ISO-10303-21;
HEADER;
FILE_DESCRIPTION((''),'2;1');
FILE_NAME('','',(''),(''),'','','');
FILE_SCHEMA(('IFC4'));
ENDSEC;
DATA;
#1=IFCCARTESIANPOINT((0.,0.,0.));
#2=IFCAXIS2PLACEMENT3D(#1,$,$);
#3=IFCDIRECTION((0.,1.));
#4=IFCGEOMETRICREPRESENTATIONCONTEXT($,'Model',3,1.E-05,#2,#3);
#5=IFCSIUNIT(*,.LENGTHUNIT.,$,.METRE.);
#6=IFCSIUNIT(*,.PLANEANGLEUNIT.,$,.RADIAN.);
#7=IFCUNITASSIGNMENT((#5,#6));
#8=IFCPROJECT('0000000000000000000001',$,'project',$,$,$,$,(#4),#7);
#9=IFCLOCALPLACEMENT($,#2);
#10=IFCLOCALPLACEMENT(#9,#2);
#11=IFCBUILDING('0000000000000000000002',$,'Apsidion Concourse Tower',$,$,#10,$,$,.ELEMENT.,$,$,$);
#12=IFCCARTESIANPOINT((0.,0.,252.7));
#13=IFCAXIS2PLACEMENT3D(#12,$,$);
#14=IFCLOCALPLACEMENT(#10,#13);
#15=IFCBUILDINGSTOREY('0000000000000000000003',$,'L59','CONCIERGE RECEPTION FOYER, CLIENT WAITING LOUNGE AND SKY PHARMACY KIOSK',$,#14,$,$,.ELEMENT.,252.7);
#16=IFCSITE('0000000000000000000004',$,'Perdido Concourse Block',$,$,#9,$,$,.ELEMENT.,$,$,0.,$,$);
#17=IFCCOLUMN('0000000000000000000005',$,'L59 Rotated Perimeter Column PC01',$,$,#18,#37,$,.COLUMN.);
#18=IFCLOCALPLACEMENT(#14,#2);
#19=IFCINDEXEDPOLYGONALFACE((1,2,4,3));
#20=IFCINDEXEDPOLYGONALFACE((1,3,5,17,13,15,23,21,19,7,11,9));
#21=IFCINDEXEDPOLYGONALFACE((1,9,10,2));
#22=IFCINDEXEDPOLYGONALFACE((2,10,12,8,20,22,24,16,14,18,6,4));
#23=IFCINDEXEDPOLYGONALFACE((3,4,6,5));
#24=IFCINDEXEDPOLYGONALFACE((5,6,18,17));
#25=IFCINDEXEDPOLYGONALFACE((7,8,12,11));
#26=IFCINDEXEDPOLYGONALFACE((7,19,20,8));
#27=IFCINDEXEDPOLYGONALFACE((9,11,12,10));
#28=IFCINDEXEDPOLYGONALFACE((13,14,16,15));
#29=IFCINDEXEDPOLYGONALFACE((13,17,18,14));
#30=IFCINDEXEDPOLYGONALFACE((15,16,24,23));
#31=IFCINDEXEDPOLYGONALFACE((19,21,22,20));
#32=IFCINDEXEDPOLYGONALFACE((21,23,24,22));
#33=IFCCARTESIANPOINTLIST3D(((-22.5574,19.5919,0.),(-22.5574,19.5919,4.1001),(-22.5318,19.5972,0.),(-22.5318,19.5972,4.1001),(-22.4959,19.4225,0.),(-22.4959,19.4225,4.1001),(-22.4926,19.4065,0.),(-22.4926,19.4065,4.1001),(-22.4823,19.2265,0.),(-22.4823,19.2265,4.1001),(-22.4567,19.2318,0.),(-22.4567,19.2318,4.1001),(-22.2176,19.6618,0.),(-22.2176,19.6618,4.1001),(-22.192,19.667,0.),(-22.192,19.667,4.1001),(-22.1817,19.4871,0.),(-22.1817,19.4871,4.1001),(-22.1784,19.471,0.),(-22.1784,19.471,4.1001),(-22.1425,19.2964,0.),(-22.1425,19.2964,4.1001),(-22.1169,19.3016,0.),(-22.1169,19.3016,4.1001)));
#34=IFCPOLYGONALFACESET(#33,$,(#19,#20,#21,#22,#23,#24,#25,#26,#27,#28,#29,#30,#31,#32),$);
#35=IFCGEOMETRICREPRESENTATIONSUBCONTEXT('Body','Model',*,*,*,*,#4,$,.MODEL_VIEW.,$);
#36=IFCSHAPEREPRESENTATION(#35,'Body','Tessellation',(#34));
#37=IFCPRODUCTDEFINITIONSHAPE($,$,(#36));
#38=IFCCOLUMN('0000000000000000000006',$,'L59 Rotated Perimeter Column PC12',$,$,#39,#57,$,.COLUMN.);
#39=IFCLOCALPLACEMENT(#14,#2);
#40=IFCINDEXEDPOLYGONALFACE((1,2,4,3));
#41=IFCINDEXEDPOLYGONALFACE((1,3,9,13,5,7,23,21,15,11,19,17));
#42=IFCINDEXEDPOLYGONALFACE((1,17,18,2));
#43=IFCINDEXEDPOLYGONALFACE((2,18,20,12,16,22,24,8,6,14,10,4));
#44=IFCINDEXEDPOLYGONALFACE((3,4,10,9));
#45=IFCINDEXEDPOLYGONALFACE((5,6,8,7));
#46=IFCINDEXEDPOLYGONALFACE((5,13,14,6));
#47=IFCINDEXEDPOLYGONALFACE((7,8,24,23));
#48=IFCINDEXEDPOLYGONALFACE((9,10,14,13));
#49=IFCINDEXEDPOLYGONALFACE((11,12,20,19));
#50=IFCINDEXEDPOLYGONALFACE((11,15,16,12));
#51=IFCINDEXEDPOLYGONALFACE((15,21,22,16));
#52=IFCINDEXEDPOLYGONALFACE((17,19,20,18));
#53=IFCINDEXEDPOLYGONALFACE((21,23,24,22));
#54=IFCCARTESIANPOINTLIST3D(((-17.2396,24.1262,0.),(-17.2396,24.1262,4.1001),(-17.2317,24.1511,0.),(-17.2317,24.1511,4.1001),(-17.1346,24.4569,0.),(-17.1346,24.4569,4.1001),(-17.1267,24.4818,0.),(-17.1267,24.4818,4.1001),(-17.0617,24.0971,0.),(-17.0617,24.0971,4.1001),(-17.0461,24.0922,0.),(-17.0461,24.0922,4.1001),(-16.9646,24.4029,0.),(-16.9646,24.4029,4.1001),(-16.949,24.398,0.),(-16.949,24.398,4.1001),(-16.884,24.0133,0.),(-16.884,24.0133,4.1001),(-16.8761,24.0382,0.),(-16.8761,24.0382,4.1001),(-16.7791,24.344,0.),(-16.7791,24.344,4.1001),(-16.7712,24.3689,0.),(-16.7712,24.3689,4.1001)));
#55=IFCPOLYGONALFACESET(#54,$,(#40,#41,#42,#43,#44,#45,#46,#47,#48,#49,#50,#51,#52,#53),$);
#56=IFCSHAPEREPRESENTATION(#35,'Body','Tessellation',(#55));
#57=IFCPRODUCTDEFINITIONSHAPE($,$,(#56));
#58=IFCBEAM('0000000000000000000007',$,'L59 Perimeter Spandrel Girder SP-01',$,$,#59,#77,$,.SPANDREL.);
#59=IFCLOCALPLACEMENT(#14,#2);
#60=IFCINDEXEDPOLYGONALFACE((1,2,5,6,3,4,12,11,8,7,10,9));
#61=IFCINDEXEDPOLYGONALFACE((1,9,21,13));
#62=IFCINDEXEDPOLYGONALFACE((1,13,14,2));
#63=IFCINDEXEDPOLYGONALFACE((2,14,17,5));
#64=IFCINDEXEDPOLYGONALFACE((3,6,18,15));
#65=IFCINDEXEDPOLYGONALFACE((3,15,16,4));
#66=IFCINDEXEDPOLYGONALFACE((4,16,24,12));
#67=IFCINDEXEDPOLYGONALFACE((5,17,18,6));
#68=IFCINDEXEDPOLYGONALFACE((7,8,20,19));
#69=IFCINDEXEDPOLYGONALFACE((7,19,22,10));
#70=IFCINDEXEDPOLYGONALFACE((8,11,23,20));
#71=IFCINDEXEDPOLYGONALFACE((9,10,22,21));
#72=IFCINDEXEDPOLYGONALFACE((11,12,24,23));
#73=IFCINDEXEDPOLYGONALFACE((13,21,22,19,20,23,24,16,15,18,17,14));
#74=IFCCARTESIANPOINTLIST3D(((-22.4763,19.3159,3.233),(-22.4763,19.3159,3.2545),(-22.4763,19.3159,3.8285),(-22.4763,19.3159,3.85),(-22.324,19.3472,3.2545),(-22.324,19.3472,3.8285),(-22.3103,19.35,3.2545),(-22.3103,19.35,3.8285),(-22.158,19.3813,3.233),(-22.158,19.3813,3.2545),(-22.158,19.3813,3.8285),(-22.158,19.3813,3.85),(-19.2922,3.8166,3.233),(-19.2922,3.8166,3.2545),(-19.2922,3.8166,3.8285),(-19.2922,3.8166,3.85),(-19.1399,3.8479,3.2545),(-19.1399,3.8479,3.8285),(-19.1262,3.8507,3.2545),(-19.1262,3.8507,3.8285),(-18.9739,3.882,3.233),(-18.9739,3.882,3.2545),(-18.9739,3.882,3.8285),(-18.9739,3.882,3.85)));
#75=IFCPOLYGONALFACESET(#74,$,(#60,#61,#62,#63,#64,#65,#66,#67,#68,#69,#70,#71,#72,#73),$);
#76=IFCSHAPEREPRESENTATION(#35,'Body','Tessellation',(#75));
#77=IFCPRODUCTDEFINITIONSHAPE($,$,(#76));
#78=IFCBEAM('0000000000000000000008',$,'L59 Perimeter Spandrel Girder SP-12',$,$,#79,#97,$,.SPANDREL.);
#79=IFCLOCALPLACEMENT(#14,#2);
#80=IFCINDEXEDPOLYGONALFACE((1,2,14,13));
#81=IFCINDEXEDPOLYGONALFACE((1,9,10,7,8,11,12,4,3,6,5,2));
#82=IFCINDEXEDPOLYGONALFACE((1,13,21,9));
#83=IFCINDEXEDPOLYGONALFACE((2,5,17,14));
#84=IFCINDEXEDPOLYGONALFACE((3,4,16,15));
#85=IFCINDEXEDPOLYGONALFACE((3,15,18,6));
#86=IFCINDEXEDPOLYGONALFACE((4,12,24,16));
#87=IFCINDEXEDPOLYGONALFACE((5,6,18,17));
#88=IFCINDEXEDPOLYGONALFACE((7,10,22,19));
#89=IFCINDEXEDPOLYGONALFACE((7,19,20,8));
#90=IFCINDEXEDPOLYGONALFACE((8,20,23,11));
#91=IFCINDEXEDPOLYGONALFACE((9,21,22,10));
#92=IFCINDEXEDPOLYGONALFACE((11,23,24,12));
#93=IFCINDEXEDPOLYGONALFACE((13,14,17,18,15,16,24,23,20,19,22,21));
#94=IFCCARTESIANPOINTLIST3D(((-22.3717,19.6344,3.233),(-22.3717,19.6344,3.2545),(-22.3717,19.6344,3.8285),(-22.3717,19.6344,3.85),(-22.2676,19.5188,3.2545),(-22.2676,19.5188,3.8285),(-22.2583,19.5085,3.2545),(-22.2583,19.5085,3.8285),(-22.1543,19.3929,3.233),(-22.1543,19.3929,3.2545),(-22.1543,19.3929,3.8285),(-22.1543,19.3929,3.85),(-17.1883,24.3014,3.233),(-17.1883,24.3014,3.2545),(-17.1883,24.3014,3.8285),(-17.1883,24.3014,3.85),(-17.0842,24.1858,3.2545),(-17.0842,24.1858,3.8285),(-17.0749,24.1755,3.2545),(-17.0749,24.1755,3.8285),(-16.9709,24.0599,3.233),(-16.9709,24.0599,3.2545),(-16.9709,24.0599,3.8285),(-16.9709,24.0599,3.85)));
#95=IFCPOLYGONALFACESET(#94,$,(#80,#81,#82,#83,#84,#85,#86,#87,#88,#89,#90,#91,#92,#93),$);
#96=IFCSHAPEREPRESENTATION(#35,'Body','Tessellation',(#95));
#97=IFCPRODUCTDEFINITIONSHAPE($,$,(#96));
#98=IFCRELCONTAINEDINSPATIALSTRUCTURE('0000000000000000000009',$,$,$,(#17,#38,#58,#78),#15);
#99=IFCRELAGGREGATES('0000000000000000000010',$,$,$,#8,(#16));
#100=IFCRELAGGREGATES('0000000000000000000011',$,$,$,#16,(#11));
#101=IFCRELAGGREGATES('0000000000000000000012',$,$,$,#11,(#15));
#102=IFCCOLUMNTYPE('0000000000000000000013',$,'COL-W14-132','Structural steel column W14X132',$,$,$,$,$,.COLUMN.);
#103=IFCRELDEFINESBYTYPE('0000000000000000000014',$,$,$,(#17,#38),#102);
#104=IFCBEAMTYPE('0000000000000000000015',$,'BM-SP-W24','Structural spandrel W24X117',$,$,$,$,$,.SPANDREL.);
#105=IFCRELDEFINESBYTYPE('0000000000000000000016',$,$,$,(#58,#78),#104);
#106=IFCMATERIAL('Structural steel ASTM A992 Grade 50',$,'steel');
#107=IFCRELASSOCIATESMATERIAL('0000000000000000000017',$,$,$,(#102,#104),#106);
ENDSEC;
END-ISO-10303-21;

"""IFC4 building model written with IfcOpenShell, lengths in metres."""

from ifc_helpers import new_model, si_unit, direction, frame, origin, origin_2d, place, context, subcontext, project, spatial, i_section, extrude, material, material_profile, profile_set, type_object, element, save


model = new_model("IFC4")

# Units and contexts
model_context = context("Model", 3, precision=1e-05, world=origin(), true_north=direction((0.0, 1.0)))
body_context = subcontext(model_context, "Body", "Model", "MODEL_VIEW")
ifc_project = project(units=[si_unit("LENGTHUNIT", "METRE"), si_unit("PLANEANGLEUNIT", "RADIAN")], contexts=[model_context])

# Site, building, storey
site_placement = place(None, origin())
site = spatial("IfcSite", under=ifc_project, at=site_placement, Name="Perdido Concourse Block", CompositionType="ELEMENT", RefElevation=0.0)
building_placement = place(site_placement, origin())
building = spatial("IfcBuilding", under=site, at=building_placement, Name="Apsidion Concourse Tower", CompositionType="ELEMENT")
storey_placement = place(building_placement, frame((0.0, 0.0, 252.7)))
storey = spatial("IfcBuildingStorey", under=building, at=storey_placement, Name="L59", Description="CONCIERGE RECEPTION FOYER, CLIENT WAITING LOUNGE AND SKY PHARMACY KIOSK", CompositionType="ELEMENT", Elevation=252.7)

# Columns
ifc_material_1 = material(Name="Structural steel ASTM A992 Grade 50", Category="steel")
ifc_material_profile_1 = material_profile(ifc_material_1, i_section(OverallWidth=0.373, OverallDepth=0.373, WebThickness=0.0164, FlangeThickness=0.0261, at=origin_2d()), Name="W14X132")
ifc_profile_set_1 = profile_set([ifc_material_profile_1], Name="Structural steel ASTM A992 Grade 50")
column_type = type_object("IfcColumnType", Name="COL-W14-132", Description="Structural steel column W14X132", PredefinedType="COLUMN", material=ifc_profile_set_1)
for number, where, z_axis, x_axis, name in (
    (1, (-22.3372, 19.4468, 0.0), (0.0, 0.0, 1.0), (-0.201249, 0.97954, 0.0), "L59 Rotated Perimeter Column PC01"),
    (2, (-17.0054, 24.2476, 0.0), (0.0, 0.0, 1.0), (-0.953138, 0.302536, 0.0), "L59 Rotated Perimeter Column PC12"),
):
    element("IfcColumn", number, at=place(storey_placement, frame(where, z_axis=z_axis, x_axis=x_axis)), inside=storey, type_object=column_type, Name=name, PredefinedType="COLUMN", context=body_context, shape_type="SweptSolid", body=[
        extrude(i_section(OverallWidth=0.373, OverallDepth=0.373, WebThickness=0.0164, FlangeThickness=0.0261, at=origin_2d()), origin(), (0.0, 0.0, 1.0), 4.1001),
    ])

# Beams
ifc_material_profile_2 = material_profile(ifc_material_1, i_section(OverallWidth=0.325, OverallDepth=0.6169, WebThickness=0.0139, FlangeThickness=0.0215, at=origin_2d()), Name="W24X117")
ifc_profile_set_2 = profile_set([ifc_material_profile_2], Name="Structural steel ASTM A992 Grade 50")
beam_type = type_object("IfcBeamType", Name="BM-SP-W24", Description="Structural spandrel W24X117", PredefinedType="SPANDREL", material=ifc_profile_set_2)
beam_1_placement = place(storey_placement, frame((-22.3171, 19.3486, 3.5415), z_axis=(0.201232, -0.979544, 0.0), x_axis=(0.979544, 0.201232, 0.0)))
element("IfcBeam", 3, at=beam_1_placement, inside=storey, type_object=beam_type, Name="L59 Perimeter Spandrel Girder SP-01", PredefinedType="SPANDREL", context=body_context, shape_type="SweptSolid", body=[
    extrude(i_section(OverallWidth=0.325, OverallDepth=0.6169, WebThickness=0.0139, FlangeThickness=0.0215, at=origin_2d()), origin(), (0.0, 0.0, 1.0), 15.823),
])
beam_2_placement = place(storey_placement, frame((-17.0796, 24.1807, 3.5415), z_axis=(-0.743153, -0.669121, 0.0), x_axis=(0.669121, -0.743153, 0.0)))
element("IfcBeam", 4, at=beam_2_placement, inside=storey, type_object=beam_type, Name="L59 Perimeter Spandrel Girder SP-12", PredefinedType="SPANDREL", context=body_context, shape_type="SweptSolid", body=[
    extrude(i_section(OverallWidth=0.325, OverallDepth=0.6169, WebThickness=0.0139, FlangeThickness=0.0215, at=origin_2d()), origin(), (0.0, 0.0, 1.0), 6.9749),
])

save(model, "model.ifc")
